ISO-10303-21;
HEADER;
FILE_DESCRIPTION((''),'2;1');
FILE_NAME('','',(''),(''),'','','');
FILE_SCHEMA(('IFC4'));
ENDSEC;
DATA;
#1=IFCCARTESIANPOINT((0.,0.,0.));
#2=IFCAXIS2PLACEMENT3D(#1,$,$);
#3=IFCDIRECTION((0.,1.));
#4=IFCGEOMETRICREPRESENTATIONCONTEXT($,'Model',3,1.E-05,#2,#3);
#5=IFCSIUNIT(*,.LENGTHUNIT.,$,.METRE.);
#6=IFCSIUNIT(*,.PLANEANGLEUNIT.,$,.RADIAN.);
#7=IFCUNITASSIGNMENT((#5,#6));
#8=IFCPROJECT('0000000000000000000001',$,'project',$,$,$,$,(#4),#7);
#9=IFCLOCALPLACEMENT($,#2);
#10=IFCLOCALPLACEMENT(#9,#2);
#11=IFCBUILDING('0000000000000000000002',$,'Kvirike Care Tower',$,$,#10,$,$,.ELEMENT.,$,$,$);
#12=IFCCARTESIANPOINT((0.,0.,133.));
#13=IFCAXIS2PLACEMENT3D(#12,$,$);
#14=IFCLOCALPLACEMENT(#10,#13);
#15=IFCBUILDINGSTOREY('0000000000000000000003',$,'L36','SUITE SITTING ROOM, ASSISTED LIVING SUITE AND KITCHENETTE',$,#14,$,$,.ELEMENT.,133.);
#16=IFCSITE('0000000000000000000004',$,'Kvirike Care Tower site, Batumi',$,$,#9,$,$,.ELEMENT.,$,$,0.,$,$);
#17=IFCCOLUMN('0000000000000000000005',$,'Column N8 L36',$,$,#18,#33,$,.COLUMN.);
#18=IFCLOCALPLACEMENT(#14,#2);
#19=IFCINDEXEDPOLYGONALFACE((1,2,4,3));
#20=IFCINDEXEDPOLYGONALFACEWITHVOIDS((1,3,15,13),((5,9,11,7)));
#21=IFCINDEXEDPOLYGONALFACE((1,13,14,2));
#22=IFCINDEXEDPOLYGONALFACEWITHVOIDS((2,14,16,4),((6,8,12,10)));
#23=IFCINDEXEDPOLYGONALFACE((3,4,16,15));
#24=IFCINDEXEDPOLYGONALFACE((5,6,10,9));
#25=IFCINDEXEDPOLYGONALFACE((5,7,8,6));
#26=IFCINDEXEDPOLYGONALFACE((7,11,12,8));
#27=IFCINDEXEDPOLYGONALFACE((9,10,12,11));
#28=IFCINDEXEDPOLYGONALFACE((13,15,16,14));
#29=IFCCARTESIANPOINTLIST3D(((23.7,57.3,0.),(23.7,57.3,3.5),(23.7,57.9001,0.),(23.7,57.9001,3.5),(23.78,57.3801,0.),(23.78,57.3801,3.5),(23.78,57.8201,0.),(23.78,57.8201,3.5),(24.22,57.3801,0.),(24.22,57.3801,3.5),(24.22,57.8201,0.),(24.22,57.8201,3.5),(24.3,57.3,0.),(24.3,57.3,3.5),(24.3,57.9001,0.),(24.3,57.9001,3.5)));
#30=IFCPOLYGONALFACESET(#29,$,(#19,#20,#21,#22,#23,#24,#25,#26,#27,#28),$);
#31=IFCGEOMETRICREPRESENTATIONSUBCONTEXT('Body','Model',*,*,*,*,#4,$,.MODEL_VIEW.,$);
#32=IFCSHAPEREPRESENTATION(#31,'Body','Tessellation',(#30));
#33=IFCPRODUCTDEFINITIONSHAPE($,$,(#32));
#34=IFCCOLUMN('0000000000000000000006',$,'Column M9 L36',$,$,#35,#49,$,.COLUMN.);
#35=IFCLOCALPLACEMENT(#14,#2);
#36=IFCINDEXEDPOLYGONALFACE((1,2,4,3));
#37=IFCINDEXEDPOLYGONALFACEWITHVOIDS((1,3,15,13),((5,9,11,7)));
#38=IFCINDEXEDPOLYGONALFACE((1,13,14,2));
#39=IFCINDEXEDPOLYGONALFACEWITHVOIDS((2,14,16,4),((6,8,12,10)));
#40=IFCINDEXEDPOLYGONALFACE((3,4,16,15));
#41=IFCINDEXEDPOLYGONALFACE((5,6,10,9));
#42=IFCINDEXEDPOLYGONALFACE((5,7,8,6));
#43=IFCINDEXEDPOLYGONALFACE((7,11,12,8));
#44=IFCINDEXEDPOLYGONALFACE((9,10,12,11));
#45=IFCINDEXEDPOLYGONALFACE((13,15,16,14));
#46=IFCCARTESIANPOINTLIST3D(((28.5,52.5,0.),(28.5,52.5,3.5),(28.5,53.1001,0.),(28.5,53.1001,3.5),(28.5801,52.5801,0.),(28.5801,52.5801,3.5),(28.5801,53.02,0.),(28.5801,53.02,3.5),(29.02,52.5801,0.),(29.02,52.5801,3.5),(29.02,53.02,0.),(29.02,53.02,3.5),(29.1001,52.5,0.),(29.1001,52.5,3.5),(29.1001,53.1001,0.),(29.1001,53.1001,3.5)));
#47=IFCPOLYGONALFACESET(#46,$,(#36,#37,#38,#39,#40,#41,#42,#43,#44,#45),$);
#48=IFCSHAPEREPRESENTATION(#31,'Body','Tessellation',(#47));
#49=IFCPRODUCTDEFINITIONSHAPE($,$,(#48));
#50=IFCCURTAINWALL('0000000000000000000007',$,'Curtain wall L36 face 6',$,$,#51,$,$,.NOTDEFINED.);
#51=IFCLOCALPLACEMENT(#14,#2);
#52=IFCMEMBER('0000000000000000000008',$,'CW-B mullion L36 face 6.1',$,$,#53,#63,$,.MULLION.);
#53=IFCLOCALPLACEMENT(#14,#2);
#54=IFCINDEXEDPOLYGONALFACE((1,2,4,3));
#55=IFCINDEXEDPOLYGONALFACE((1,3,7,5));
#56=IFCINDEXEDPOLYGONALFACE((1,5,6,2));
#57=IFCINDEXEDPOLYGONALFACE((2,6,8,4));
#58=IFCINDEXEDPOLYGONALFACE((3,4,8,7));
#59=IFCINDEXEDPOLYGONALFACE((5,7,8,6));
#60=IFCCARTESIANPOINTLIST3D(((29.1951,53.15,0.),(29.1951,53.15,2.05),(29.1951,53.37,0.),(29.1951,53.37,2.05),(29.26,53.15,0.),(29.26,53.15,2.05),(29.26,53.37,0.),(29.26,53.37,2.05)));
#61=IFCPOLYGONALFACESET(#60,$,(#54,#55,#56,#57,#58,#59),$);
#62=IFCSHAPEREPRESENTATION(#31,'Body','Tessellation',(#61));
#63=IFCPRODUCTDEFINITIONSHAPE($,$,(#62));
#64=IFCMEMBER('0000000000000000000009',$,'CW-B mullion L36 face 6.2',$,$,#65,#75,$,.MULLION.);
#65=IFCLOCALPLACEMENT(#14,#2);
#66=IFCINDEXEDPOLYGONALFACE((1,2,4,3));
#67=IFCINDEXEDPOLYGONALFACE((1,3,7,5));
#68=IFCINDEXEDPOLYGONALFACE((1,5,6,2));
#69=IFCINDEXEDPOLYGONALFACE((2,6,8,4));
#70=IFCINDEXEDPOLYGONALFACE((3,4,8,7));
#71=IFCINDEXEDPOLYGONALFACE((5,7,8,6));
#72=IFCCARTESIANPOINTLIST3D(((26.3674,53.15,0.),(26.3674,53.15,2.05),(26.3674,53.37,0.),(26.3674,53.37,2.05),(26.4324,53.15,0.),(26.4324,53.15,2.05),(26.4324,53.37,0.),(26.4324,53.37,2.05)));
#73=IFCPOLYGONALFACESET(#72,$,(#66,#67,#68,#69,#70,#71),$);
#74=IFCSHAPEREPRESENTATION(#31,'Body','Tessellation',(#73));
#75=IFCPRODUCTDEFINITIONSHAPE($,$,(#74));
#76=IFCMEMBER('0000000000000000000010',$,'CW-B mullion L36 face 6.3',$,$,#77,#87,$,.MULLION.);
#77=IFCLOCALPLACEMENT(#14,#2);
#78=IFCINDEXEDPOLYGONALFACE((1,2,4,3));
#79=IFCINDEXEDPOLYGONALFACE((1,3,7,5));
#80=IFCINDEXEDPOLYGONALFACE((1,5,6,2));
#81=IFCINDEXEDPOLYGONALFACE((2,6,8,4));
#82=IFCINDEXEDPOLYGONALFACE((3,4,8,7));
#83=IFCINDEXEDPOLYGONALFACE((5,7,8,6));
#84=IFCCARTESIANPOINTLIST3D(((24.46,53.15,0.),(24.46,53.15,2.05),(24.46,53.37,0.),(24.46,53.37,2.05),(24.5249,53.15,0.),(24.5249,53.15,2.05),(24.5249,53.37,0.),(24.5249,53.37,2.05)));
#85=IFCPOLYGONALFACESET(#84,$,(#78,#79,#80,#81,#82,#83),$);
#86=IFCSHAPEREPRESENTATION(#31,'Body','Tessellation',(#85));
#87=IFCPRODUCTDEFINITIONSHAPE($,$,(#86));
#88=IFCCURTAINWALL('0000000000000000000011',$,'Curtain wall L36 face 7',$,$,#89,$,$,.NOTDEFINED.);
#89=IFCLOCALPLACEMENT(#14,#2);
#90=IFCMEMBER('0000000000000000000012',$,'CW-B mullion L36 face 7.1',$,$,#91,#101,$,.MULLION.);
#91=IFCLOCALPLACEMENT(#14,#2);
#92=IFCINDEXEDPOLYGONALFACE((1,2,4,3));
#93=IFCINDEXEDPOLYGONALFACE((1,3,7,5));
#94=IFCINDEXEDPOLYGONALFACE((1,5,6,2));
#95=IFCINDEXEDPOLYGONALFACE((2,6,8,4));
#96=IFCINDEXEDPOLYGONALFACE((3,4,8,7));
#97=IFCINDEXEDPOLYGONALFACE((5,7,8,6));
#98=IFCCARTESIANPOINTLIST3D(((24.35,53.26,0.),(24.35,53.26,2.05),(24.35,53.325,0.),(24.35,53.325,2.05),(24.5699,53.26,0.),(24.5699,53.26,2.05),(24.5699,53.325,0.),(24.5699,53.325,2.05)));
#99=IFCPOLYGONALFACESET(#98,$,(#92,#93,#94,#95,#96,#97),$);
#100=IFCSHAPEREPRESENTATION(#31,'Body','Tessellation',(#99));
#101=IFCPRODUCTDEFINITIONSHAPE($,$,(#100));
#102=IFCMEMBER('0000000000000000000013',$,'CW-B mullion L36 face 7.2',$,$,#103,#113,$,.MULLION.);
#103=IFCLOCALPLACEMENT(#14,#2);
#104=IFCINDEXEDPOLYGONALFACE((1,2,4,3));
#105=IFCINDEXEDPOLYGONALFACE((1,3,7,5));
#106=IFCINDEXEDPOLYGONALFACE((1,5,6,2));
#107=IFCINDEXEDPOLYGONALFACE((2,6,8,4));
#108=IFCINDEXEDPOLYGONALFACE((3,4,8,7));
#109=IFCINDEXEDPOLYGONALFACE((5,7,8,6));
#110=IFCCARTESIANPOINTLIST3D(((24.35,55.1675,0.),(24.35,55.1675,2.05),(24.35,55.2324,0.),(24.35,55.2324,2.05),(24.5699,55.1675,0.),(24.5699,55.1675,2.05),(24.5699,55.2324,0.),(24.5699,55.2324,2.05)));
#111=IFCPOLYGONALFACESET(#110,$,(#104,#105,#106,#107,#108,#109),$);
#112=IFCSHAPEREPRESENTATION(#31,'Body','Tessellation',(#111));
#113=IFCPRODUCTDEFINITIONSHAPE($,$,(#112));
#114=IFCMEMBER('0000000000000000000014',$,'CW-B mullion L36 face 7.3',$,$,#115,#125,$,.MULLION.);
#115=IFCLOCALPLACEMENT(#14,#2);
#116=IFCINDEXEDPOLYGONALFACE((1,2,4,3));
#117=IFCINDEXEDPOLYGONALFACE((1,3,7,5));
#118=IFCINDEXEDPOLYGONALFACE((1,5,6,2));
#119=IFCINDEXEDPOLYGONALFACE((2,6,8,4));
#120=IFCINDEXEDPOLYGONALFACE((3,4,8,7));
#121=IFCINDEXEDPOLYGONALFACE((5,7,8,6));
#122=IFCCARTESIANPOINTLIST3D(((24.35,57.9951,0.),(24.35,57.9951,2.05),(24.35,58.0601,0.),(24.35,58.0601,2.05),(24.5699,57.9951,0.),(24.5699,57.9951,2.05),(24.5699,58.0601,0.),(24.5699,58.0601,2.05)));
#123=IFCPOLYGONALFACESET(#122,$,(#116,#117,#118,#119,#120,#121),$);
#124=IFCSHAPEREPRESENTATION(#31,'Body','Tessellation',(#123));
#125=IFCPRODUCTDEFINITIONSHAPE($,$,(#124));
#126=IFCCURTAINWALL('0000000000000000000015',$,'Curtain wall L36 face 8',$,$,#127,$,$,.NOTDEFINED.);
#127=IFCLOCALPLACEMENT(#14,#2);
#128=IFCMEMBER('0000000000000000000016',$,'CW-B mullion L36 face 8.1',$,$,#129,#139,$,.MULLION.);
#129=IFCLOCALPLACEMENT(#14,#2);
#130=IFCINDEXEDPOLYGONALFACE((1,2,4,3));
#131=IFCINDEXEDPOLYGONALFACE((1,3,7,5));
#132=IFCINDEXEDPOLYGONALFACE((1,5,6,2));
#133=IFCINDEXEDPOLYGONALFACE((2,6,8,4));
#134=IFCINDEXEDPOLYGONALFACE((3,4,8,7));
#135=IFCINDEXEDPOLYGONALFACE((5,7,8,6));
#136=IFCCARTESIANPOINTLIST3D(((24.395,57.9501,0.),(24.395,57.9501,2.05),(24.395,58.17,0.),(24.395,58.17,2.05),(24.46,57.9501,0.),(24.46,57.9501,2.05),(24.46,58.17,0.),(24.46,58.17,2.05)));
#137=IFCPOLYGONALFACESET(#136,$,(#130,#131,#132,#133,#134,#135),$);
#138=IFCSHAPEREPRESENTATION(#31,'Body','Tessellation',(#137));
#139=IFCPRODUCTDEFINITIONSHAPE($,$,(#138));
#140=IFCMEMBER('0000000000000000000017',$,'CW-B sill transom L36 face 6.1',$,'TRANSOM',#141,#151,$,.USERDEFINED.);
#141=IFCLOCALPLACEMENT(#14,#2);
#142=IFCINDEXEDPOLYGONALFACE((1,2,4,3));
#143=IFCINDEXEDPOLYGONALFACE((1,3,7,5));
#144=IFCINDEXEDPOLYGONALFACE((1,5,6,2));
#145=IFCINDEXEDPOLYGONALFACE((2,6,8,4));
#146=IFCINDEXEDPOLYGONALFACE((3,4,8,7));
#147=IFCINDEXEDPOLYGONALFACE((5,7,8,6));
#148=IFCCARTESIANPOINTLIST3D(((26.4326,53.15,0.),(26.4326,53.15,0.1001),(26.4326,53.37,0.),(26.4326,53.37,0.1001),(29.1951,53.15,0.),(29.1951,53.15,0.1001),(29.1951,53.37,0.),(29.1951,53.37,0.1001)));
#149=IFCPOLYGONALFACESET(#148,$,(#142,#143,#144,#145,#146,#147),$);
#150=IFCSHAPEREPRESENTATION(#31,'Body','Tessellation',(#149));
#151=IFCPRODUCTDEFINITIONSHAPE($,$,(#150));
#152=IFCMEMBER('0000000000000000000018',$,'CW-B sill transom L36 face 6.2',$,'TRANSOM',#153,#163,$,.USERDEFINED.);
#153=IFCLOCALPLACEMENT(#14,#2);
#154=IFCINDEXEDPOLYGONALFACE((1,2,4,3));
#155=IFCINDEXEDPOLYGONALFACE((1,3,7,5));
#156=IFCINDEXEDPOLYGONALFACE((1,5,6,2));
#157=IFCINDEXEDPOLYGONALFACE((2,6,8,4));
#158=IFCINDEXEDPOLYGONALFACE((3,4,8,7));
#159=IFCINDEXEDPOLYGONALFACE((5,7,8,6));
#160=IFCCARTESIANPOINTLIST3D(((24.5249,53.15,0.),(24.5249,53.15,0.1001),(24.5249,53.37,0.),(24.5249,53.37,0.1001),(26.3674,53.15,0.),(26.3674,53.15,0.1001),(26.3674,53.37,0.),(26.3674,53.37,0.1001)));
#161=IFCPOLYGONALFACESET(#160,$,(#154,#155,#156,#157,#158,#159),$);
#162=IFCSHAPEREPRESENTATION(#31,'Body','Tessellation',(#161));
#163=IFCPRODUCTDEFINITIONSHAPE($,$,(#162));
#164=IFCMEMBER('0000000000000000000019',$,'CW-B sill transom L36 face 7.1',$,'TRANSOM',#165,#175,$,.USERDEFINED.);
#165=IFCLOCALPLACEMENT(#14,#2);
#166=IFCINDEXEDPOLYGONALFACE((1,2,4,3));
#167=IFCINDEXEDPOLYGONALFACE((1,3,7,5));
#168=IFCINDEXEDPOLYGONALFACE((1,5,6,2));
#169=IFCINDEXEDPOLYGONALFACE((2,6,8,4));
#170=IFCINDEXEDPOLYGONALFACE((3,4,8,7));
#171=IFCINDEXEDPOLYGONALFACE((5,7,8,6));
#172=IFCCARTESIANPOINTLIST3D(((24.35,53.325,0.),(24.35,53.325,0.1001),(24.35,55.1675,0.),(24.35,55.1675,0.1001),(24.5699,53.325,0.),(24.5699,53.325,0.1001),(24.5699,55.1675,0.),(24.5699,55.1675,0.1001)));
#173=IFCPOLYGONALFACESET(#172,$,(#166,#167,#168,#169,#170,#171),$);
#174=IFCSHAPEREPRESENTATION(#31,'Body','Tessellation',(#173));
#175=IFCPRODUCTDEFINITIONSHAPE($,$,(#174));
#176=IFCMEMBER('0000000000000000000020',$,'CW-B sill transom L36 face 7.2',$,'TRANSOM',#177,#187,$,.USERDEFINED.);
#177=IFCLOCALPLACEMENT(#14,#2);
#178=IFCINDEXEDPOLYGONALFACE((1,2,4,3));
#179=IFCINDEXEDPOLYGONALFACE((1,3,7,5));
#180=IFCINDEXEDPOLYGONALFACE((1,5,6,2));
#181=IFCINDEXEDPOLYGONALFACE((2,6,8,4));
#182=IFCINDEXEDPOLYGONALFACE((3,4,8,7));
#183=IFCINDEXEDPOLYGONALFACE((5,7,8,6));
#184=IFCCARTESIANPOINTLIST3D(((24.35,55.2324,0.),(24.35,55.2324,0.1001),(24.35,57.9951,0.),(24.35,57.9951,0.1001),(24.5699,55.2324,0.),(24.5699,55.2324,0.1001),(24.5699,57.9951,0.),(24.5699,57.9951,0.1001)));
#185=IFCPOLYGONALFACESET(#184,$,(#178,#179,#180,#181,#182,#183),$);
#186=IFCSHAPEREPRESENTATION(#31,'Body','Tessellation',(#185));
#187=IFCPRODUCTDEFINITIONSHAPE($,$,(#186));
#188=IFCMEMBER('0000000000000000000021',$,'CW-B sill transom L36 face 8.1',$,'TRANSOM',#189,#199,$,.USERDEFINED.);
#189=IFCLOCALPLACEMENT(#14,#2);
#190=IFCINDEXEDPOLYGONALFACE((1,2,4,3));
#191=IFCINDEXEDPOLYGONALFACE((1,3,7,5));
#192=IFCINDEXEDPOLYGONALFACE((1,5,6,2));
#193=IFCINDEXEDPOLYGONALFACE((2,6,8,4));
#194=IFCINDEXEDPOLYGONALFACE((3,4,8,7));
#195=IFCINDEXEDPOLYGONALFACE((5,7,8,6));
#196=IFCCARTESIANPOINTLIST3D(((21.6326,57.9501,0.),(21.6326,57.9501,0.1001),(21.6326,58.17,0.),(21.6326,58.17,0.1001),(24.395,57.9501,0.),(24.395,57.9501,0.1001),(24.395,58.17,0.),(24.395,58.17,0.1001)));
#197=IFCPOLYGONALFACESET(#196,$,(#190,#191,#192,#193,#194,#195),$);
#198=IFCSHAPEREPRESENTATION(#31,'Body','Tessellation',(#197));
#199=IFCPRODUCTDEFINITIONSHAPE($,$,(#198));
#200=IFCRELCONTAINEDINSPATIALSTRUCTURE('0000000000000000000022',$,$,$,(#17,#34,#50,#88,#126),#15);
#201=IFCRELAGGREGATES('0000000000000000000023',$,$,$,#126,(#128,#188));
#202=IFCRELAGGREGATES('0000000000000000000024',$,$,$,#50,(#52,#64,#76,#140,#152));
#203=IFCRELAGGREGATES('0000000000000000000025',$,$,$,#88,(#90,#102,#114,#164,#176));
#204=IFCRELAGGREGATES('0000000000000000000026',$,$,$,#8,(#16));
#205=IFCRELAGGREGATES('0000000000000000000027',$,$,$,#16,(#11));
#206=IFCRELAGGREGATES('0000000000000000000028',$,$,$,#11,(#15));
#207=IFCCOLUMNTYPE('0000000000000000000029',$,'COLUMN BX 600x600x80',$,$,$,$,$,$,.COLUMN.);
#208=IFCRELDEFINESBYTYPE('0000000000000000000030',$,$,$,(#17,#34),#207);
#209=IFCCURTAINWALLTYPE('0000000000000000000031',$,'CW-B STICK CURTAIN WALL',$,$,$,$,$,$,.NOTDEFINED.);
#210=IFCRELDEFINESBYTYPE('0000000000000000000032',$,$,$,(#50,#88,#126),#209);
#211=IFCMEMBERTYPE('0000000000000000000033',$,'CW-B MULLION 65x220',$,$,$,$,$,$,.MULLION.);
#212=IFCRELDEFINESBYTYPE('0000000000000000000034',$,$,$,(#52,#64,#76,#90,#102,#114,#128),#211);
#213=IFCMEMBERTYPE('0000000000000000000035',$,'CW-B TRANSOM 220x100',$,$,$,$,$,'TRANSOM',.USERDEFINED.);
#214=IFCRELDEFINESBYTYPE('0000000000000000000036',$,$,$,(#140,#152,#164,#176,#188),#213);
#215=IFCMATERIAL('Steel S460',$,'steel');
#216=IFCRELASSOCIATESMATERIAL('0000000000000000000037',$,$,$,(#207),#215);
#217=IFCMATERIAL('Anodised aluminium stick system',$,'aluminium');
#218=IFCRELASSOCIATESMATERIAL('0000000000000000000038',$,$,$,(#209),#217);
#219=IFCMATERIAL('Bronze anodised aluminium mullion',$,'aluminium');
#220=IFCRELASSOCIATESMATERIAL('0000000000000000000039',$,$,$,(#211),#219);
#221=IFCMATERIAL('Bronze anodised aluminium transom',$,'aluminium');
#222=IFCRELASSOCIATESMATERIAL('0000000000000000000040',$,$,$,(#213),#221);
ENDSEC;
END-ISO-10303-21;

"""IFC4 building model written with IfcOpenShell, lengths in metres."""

from ifc_helpers import new_model, si_unit, direction, frame, origin, origin_2d, place, context, subcontext, project, spatial, rectangle, hollow_rectangle, extrude, material, material_profile, profile_set, type_object, element, aggregate, save


model = new_model("IFC4")

# Units and contexts
model_context = context("Model", 3, precision=1e-05, world=origin(), true_north=direction((0.0, 1.0)))
body_context = subcontext(model_context, "Body", "Model", "MODEL_VIEW")
ifc_project = project(units=[si_unit("LENGTHUNIT", "METRE"), si_unit("PLANEANGLEUNIT", "RADIAN")], contexts=[model_context])

# Site, building, storey
site_placement = place(None, origin())
site = spatial("IfcSite", under=ifc_project, at=site_placement, Name="Kvirike Care Tower site, Batumi", CompositionType="ELEMENT", RefElevation=0.0)
building_placement = place(site_placement, origin())
building = spatial("IfcBuilding", under=site, at=building_placement, Name="Kvirike Care Tower", CompositionType="ELEMENT")
storey_placement = place(building_placement, frame((0.0, 0.0, 133.0)))
storey = spatial("IfcBuildingStorey", under=building, at=storey_placement, Name="L36", Description="SUITE SITTING ROOM, ASSISTED LIVING SUITE AND KITCHENETTE", CompositionType="ELEMENT", Elevation=133.0)

# Columns
ifc_material_1 = material(Name="Steel S460", Category="steel")
ifc_material_profile_1 = material_profile(ifc_material_1, hollow_rectangle(XDim=0.6001, YDim=0.6001, WallThickness=0.0801, at=origin_2d()), Name="BX 600x600x80")
ifc_profile_set_1 = profile_set([ifc_material_profile_1], Name="Steel S460")
column_type = type_object("IfcColumnType", Name="COLUMN BX 600x600x80", PredefinedType="COLUMN", material=ifc_profile_set_1)
for number, where, z_axis, x_axis, name in (
    (1, (24.0, 57.6001, 0.0), (0.0, 0.0, 1.0), (0.0, 1.0, 0.0), "Column N8 L36"),
    (2, (28.8, 52.8, 0.0), (0.0, 0.0, 1.0), (0.0, 1.0, 0.0), "Column M9 L36"),
):
    element("IfcColumn", number, at=place(storey_placement, frame(where, z_axis=z_axis, x_axis=x_axis)), inside=storey, type_object=column_type, Name=name, PredefinedType="COLUMN", context=body_context, shape_type="SweptSolid", body=[
        extrude(hollow_rectangle(XDim=0.6001, YDim=0.6001, WallThickness=0.0801, at=origin_2d()), origin(), (0.0, 0.0, 1.0), 3.5),
    ])

# Curtain walls, members
ifc_material_2 = material(Name="Anodised aluminium stick system", Category="aluminium")
curtain_wall_type = type_object("IfcCurtainWallType", Name="CW-B STICK CURTAIN WALL", PredefinedType="NOTDEFINED", material=ifc_material_2)
curtain_wall_1_placement = place(storey_placement, origin())
curtain_wall_1 = element("IfcCurtainWall", 3, at=curtain_wall_1_placement, inside=storey, type_object=curtain_wall_type, Name="Curtain wall L36 face 6", PredefinedType="NOTDEFINED")
ifc_material_3 = material(Name="Bronze anodised aluminium mullion", Category="aluminium")
ifc_material_profile_2 = material_profile(ifc_material_3, rectangle(XDim=0.0649, YDim=0.22, at=origin_2d()), Name="CW-B MULLION 65x220")
ifc_profile_set_2 = profile_set([ifc_material_profile_2], Name="Bronze anodised aluminium mullion")
member_type_1 = type_object("IfcMemberType", Name="CW-B MULLION 65x220", PredefinedType="MULLION", material=ifc_profile_set_2)
member_1_placement = place(storey_placement, frame((29.2275, 53.26, 0.0), z_axis=(0.0, 0.0, 1.0), x_axis=(-1.0, 0.0, 0.0)))
member_1 = element("IfcMember", 4, at=member_1_placement, type_object=member_type_1, Name="CW-B mullion L36 face 6.1", PredefinedType="MULLION", context=body_context, shape_type="SweptSolid", body=[
    extrude(rectangle(XDim=0.0649, YDim=0.22, at=origin_2d()), origin(), (0.0, 0.0, 1.0), 2.05),
])
member_2_placement = place(storey_placement, frame((26.3999, 53.26, 0.0), z_axis=(0.0, 0.0, 1.0), x_axis=(-1.0, 0.0, 0.0)))
member_2 = element("IfcMember", 5, at=member_2_placement, type_object=member_type_1, Name="CW-B mullion L36 face 6.2", PredefinedType="MULLION", context=body_context, shape_type="SweptSolid", body=[
    extrude(rectangle(XDim=0.0649, YDim=0.22, at=origin_2d()), origin(), (0.0, 0.0, 1.0), 2.05),
])
member_3_placement = place(storey_placement, frame((24.4924, 53.26, 0.0), z_axis=(0.0, 0.0, 1.0), x_axis=(-1.0, 0.0, 0.0)))
member_3 = element("IfcMember", 6, at=member_3_placement, type_object=member_type_1, Name="CW-B mullion L36 face 6.3", PredefinedType="MULLION", context=body_context, shape_type="SweptSolid", body=[
    extrude(rectangle(XDim=0.0649, YDim=0.22, at=origin_2d()), origin(), (0.0, 0.0, 1.0), 2.05),
])
curtain_wall_2_placement = place(storey_placement, origin())
curtain_wall_2 = element("IfcCurtainWall", 7, at=curtain_wall_2_placement, inside=storey, type_object=curtain_wall_type, Name="Curtain wall L36 face 7", PredefinedType="NOTDEFINED")
member_4_placement = place(storey_placement, frame((24.46, 53.2925, 0.0), z_axis=(0.0, 0.0, 1.0), x_axis=(0.0, 1.0, 0.0)))
member_4 = element("IfcMember", 8, at=member_4_placement, type_object=member_type_1, Name="CW-B mullion L36 face 7.1", PredefinedType="MULLION", context=body_context, shape_type="SweptSolid", body=[
    extrude(rectangle(XDim=0.0649, YDim=0.22, at=origin_2d()), origin(), (0.0, 0.0, 1.0), 2.05),
])
member_5_placement = place(storey_placement, frame((24.46, 55.2, 0.0), z_axis=(0.0, 0.0, 1.0), x_axis=(0.0, 1.0, 0.0)))
member_5 = element("IfcMember", 9, at=member_5_placement, type_object=member_type_1, Name="CW-B mullion L36 face 7.2", PredefinedType="MULLION", context=body_context, shape_type="SweptSolid", body=[
    extrude(rectangle(XDim=0.0649, YDim=0.22, at=origin_2d()), origin(), (0.0, 0.0, 1.0), 2.05),
])
member_6_placement = place(storey_placement, frame((24.46, 58.0276, 0.0), z_axis=(0.0, 0.0, 1.0), x_axis=(0.0, 1.0, 0.0)))
member_6 = element("IfcMember", 10, at=member_6_placement, type_object=member_type_1, Name="CW-B mullion L36 face 7.3", PredefinedType="MULLION", context=body_context, shape_type="SweptSolid", body=[
    extrude(rectangle(XDim=0.0649, YDim=0.22, at=origin_2d()), origin(), (0.0, 0.0, 1.0), 2.05),
])

# Curtain wall, member
curtain_wall_3_placement = place(storey_placement, origin())
curtain_wall_3 = element("IfcCurtainWall", 11, at=curtain_wall_3_placement, inside=storey, type_object=curtain_wall_type, Name="Curtain wall L36 face 8", PredefinedType="NOTDEFINED")
member_7_placement = place(storey_placement, frame((24.4275, 58.0601, 0.0), z_axis=(0.0, 0.0, 1.0), x_axis=(-1.0, 0.0, 0.0)))
member_7 = element("IfcMember", 12, at=member_7_placement, type_object=member_type_1, Name="CW-B mullion L36 face 8.1", PredefinedType="MULLION", context=body_context, shape_type="SweptSolid", body=[
    extrude(rectangle(XDim=0.0649, YDim=0.22, at=origin_2d()), origin(), (0.0, 0.0, 1.0), 2.05),
])

# Members
ifc_material_4 = material(Name="Bronze anodised aluminium transom", Category="aluminium")
ifc_material_profile_3 = material_profile(ifc_material_4, rectangle(XDim=0.22, YDim=0.1001, at=origin_2d()), Name="CW-B TRANSOM 220x100")
ifc_profile_set_3 = profile_set([ifc_material_profile_3], Name="Bronze anodised aluminium transom")
member_type_2 = type_object("IfcMemberType", Name="CW-B TRANSOM 220x100", ElementType="TRANSOM", PredefinedType="USERDEFINED", material=ifc_profile_set_3)
member_8_placement = place(storey_placement, frame((29.1951, 53.26, 0.05), z_axis=(-1.0, 0.0, 0.0), x_axis=(0.0, -1.0, 0.0)))
member_8 = element("IfcMember", 13, at=member_8_placement, type_object=member_type_2, Name="CW-B sill transom L36 face 6.1", ObjectType="TRANSOM", PredefinedType="USERDEFINED", context=body_context, shape_type="SweptSolid", body=[
    extrude(rectangle(XDim=0.22, YDim=0.1001, at=origin_2d()), origin(), (0.0, 0.0, 1.0), 2.7625),
])
member_9_placement = place(storey_placement, frame((26.3674, 53.26, 0.05), z_axis=(-1.0, 0.0, 0.0), x_axis=(0.0, -1.0, 0.0)))
member_9 = element("IfcMember", 14, at=member_9_placement, type_object=member_type_2, Name="CW-B sill transom L36 face 6.2", ObjectType="TRANSOM", PredefinedType="USERDEFINED", context=body_context, shape_type="SweptSolid", body=[
    extrude(rectangle(XDim=0.22, YDim=0.1001, at=origin_2d()), origin(), (0.0, 0.0, 1.0), 1.8425),
])
member_10_placement = place(storey_placement, frame((24.46, 53.325, 0.05), z_axis=(0.0, 1.0, 0.0), x_axis=(-1.0, 0.0, 0.0)))
member_10 = element("IfcMember", 15, at=member_10_placement, type_object=member_type_2, Name="CW-B sill transom L36 face 7.1", ObjectType="TRANSOM", PredefinedType="USERDEFINED", context=body_context, shape_type="SweptSolid", body=[
    extrude(rectangle(XDim=0.22, YDim=0.1001, at=origin_2d()), origin(), (0.0, 0.0, 1.0), 1.8425),
])
member_11_placement = place(storey_placement, frame((24.46, 55.2324, 0.05), z_axis=(0.0, 1.0, 0.0), x_axis=(-1.0, 0.0, 0.0)))
member_11 = element("IfcMember", 16, at=member_11_placement, type_object=member_type_2, Name="CW-B sill transom L36 face 7.2", ObjectType="TRANSOM", PredefinedType="USERDEFINED", context=body_context, shape_type="SweptSolid", body=[
    extrude(rectangle(XDim=0.22, YDim=0.1001, at=origin_2d()), origin(), (0.0, 0.0, 1.0), 2.7627),
])
member_12_placement = place(storey_placement, frame((24.395, 58.0601, 0.05), z_axis=(-1.0, 0.0, 0.0), x_axis=(0.0, -1.0, 0.0)))
member_12 = element("IfcMember", 17, at=member_12_placement, type_object=member_type_2, Name="CW-B sill transom L36 face 8.1", ObjectType="TRANSOM", PredefinedType="USERDEFINED", context=body_context, shape_type="SweptSolid", body=[
    extrude(rectangle(XDim=0.22, YDim=0.1001, at=origin_2d()), origin(), (0.0, 0.0, 1.0), 2.7625),
])
aggregate(curtain_wall_3, [member_7, member_12])

aggregate(curtain_wall_1, [member_1, member_2, member_3, member_8, member_9])
aggregate(curtain_wall_2, [member_4, member_5, member_6, member_10, member_11])

save(model, "model.ifc")
